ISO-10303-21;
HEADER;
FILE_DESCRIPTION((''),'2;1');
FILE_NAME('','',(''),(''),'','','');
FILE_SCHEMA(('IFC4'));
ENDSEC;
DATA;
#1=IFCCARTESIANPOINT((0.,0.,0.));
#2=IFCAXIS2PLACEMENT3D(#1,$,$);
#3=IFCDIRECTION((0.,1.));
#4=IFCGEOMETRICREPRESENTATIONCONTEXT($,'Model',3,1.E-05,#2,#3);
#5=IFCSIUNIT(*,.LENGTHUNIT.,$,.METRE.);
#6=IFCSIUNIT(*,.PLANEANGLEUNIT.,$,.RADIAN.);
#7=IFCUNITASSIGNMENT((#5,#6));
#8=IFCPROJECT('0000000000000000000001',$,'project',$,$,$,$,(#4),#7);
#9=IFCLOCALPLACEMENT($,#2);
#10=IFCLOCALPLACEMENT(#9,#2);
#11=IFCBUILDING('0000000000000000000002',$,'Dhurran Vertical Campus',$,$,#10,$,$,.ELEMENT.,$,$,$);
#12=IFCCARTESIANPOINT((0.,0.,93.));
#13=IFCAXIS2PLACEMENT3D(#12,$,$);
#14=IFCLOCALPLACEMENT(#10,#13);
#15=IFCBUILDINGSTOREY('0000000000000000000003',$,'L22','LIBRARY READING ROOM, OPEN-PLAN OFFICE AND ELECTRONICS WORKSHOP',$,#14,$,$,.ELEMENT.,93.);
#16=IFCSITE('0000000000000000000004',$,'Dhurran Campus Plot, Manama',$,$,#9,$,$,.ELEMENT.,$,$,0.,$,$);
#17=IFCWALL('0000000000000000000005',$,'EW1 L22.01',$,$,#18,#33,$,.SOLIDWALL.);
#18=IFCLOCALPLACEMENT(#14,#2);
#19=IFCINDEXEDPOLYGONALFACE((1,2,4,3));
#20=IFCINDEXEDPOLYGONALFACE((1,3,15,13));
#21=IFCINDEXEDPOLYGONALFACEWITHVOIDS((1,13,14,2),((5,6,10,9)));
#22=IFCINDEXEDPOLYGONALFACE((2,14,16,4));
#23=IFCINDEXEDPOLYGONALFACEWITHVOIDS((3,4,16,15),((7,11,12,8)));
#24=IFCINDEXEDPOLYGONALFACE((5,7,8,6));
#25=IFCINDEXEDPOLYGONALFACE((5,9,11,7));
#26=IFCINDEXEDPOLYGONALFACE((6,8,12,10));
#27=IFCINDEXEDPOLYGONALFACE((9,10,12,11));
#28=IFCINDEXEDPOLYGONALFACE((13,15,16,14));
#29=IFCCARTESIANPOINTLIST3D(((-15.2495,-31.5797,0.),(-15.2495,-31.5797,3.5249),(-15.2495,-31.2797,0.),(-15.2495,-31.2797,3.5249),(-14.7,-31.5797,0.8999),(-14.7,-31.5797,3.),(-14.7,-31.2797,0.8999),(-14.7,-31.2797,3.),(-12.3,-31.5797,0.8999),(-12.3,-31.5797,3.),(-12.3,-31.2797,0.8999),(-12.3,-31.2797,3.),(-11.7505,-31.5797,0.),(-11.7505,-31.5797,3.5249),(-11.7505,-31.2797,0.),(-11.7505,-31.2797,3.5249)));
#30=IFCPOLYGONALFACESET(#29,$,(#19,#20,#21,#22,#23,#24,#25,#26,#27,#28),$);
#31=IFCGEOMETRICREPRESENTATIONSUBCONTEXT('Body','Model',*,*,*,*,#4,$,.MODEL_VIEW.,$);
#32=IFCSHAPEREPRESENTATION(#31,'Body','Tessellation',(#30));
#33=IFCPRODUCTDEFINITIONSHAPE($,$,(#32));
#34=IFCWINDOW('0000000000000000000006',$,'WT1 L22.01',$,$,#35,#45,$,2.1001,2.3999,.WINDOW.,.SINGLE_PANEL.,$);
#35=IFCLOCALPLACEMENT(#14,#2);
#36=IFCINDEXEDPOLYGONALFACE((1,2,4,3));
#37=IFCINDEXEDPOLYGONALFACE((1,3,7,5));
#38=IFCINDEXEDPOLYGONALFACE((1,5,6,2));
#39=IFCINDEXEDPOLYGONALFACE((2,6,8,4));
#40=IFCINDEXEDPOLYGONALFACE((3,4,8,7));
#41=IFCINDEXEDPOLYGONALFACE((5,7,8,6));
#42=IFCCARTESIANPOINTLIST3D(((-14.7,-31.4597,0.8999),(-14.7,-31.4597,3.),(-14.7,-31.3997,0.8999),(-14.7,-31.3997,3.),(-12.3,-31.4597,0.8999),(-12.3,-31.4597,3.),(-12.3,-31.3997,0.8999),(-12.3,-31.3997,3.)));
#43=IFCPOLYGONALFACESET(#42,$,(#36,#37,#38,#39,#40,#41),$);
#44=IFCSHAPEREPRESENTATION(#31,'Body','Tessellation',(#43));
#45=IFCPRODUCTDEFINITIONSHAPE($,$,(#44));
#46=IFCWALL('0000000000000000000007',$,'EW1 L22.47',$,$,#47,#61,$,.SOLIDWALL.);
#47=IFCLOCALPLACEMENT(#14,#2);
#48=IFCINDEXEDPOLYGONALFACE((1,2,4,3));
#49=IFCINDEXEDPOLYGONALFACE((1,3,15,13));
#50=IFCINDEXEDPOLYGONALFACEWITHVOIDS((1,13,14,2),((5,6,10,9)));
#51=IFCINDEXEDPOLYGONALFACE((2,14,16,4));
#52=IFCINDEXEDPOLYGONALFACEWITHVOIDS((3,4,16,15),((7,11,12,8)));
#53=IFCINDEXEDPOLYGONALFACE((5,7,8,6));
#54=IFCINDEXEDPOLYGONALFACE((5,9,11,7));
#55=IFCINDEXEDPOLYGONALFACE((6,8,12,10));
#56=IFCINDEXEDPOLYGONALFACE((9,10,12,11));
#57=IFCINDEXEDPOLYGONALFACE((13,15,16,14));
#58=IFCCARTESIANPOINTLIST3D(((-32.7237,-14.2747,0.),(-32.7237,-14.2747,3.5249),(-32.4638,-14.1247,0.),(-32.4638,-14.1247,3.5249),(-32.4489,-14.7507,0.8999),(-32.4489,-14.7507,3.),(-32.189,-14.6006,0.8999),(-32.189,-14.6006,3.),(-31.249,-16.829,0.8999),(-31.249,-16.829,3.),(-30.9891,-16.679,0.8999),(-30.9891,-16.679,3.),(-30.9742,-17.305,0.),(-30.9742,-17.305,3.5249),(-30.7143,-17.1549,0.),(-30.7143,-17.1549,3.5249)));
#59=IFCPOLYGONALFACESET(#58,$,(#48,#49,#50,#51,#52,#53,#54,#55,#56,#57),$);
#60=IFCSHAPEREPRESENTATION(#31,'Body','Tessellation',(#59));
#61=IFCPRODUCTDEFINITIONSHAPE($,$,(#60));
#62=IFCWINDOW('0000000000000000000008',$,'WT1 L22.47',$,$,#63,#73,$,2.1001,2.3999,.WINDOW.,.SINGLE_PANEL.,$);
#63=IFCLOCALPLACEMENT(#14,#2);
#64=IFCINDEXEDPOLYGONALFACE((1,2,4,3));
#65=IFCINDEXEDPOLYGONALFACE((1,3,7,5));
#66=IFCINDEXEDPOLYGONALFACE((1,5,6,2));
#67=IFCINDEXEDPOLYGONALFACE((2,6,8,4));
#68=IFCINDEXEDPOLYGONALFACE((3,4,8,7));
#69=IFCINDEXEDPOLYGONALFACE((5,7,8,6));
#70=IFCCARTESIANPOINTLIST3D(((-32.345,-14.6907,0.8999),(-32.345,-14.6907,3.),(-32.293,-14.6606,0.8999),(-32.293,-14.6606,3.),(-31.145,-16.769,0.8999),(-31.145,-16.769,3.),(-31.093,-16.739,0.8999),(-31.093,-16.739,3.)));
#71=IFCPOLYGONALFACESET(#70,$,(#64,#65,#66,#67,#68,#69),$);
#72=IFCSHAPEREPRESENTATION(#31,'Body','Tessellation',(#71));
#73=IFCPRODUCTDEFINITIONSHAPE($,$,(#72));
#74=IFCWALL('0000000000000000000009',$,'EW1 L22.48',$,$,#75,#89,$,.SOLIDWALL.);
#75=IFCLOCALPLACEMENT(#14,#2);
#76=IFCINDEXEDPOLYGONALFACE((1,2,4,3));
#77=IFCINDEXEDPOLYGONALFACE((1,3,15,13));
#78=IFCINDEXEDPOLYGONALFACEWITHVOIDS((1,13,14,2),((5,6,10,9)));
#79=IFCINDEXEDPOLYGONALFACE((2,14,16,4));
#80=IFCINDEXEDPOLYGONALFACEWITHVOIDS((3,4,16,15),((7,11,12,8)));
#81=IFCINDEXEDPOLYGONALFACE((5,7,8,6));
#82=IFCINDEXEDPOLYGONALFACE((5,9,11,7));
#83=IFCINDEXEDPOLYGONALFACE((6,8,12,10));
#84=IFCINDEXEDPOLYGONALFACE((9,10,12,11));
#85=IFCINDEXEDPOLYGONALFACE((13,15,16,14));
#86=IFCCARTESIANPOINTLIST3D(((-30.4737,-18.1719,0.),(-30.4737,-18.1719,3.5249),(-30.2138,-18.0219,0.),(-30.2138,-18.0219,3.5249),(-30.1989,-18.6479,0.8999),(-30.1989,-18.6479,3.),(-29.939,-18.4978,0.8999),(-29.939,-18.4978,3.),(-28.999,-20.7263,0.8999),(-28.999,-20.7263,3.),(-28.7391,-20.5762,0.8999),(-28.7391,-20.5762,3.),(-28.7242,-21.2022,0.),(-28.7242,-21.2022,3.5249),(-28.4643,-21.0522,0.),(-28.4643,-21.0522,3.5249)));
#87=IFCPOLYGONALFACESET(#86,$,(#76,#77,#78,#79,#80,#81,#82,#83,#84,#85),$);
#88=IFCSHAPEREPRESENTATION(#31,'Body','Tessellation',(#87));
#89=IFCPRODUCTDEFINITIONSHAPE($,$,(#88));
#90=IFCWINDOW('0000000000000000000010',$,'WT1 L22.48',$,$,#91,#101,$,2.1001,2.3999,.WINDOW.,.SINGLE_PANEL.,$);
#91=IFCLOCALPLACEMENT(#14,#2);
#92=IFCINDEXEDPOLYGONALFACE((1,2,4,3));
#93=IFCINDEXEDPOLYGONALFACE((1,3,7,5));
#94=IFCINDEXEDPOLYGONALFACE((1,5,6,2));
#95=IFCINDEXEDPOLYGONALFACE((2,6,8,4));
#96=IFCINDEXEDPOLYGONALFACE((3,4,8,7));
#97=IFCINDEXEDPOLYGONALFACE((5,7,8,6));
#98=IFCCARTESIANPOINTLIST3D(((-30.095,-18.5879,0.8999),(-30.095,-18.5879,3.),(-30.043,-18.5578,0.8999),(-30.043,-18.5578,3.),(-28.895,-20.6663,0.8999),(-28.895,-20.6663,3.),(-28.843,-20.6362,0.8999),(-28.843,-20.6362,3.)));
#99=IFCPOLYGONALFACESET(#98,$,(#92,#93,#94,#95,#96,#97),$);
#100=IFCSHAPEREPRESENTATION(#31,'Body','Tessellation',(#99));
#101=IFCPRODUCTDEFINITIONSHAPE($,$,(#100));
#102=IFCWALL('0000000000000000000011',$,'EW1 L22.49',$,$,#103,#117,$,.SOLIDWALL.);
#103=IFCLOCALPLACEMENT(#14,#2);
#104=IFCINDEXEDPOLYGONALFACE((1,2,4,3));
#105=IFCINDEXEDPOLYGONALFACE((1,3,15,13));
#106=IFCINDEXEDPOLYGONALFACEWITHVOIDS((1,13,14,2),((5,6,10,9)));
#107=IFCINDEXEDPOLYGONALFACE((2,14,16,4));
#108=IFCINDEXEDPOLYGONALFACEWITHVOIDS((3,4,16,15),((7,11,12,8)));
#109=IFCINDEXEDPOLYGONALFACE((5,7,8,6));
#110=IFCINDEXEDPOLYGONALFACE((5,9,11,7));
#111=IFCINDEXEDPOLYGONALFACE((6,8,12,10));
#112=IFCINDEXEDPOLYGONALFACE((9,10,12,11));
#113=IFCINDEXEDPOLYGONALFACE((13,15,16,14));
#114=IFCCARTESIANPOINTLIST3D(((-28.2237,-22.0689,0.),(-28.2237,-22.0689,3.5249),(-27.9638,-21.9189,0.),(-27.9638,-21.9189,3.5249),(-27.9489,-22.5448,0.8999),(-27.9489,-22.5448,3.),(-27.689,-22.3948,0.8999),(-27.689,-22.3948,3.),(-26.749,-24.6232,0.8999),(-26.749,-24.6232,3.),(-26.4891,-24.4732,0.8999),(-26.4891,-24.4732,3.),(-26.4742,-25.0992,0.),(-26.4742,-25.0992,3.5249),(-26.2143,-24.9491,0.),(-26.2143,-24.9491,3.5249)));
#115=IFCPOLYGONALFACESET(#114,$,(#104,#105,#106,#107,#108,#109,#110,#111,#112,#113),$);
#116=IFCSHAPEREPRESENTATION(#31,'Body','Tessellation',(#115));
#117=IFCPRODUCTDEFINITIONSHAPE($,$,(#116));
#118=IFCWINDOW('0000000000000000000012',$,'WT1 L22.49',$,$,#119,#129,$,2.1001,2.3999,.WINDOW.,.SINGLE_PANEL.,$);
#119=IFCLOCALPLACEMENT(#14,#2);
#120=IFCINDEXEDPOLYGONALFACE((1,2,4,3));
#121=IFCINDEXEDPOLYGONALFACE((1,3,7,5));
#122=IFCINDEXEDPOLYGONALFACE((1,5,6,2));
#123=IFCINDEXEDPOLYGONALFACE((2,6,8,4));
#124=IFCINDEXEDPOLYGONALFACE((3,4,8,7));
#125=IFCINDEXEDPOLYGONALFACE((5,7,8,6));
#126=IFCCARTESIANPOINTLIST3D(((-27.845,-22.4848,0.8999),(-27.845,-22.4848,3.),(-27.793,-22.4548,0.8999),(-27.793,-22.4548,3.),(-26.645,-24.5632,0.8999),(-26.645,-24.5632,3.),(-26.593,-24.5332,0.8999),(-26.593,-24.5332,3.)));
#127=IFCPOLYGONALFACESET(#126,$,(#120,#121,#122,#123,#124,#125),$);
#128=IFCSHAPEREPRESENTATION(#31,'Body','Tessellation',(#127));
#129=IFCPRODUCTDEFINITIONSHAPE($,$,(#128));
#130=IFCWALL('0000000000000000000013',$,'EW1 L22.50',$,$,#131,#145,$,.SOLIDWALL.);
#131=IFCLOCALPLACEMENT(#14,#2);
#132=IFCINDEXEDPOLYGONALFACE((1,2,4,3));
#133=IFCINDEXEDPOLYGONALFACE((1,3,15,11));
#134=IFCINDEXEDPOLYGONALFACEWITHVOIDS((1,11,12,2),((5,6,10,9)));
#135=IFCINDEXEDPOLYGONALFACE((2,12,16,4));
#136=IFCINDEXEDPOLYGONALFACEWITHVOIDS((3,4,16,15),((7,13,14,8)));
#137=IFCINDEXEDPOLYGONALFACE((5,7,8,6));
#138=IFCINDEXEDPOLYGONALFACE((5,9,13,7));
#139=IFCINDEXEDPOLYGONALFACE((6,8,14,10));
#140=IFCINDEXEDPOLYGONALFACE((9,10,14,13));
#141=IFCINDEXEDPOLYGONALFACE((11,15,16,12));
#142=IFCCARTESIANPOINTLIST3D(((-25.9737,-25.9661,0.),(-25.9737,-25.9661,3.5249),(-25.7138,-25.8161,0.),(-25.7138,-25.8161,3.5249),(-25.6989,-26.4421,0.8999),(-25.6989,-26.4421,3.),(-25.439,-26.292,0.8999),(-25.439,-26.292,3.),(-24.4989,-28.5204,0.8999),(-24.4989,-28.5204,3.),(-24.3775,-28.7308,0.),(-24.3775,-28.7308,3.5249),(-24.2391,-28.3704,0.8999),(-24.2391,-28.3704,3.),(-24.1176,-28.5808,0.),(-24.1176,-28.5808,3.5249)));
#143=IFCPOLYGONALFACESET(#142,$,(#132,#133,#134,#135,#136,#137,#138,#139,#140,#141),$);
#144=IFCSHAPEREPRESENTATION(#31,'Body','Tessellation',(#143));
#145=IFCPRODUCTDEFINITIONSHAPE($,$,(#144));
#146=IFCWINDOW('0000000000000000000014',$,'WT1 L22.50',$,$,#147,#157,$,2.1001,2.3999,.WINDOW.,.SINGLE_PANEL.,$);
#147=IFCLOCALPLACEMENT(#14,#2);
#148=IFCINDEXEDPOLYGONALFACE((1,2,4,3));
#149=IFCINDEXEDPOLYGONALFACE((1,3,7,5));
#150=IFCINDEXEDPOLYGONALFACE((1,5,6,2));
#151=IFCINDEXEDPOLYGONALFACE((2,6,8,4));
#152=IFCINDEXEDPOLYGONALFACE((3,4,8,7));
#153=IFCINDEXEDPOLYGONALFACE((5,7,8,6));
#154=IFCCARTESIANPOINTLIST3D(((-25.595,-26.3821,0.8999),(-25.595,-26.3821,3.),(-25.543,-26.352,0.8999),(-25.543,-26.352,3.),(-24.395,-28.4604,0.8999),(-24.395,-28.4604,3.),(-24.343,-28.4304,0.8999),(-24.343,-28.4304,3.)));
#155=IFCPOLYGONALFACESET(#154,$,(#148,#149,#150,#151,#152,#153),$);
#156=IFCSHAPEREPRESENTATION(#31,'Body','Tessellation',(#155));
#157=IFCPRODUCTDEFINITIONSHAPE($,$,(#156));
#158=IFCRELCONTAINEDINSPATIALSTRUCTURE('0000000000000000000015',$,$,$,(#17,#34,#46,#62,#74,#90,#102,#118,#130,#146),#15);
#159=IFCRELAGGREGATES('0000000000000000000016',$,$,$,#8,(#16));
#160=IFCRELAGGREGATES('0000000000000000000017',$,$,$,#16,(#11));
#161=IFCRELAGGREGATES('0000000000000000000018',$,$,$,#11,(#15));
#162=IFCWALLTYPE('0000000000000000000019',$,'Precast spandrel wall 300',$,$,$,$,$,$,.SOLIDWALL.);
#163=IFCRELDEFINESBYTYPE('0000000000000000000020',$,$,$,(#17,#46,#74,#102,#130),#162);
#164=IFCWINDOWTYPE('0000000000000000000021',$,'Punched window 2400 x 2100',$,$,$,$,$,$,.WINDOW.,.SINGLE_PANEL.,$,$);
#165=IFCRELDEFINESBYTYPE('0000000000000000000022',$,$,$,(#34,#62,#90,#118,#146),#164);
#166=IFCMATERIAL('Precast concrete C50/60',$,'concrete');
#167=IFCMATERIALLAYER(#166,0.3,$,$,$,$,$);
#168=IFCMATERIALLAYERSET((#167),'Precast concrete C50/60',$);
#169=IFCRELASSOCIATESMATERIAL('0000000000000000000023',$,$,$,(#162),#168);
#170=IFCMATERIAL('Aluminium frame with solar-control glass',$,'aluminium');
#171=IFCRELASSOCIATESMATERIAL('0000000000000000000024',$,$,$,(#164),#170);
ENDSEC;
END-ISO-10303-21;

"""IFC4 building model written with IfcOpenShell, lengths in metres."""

from ifc_helpers import new_model, si_unit, direction, frame, frame_2d, origin, place, context, subcontext, project, spatial, rectangle, extrude, material, layer, layer_set, type_object, element, fill, save


model = new_model("IFC4")

# Units and contexts
model_context = context("Model", 3, precision=1e-05, world=origin(), true_north=direction((0.0, 1.0)))
body_context = subcontext(model_context, "Body", "Model", "MODEL_VIEW")
ifc_project = project(units=[si_unit("LENGTHUNIT", "METRE"), si_unit("PLANEANGLEUNIT", "RADIAN")], contexts=[model_context])

# Site, building, storey
site_placement = place(None, origin())
site = spatial("IfcSite", under=ifc_project, at=site_placement, Name="Dhurran Campus Plot, Manama", CompositionType="ELEMENT", RefElevation=0.0)
building_placement = place(site_placement, origin())
building = spatial("IfcBuilding", under=site, at=building_placement, Name="Dhurran Vertical Campus", CompositionType="ELEMENT")
storey_placement = place(building_placement, frame((0.0, 0.0, 93.0)))
storey = spatial("IfcBuildingStorey", under=building, at=storey_placement, Name="L22", Description="LIBRARY READING ROOM, OPEN-PLAN OFFICE AND ELECTRONICS WORKSHOP", CompositionType="ELEMENT", Elevation=93.0)

# Walls, openings, windows
ifc_material_1 = material(Name="Precast concrete C50/60", Category="concrete")
ifc_layer_1 = layer(ifc_material_1, 0.3)
ifc_layer_set_1 = layer_set([ifc_layer_1], Name="Precast concrete C50/60")
wall_type_1 = type_object("IfcWallType", Name="Precast spandrel wall 300", PredefinedType="SOLIDWALL", material=ifc_layer_set_1)
ifc_material_2 = material(Name="Aluminium frame with solar-control glass", Category="aluminium")
window_type = type_object("IfcWindowType", Name="Punched window 2400 x 2100", PartitioningType="SINGLE_PANEL", PredefinedType="WINDOW", material=ifc_material_2)
wall_1_placement = place(storey_placement, frame((-15.2495, -31.4297, 0.0), z_axis=(0.0, 0.0, 1.0), x_axis=(1.0, 0.0, 0.0)))
wall_1 = element("IfcWall", 1, at=wall_1_placement, inside=storey, type_object=wall_type_1, Name="EW1 L22.01", PredefinedType="SOLIDWALL", context=body_context, shape_type="SweptSolid", body=[
    extrude(rectangle(XDim=3.499, YDim=0.3, at=frame_2d((1.7495, 0.0))), origin(), (0.0, 0.0, 1.0), 3.5249),
])
opening_1_placement = place(wall_1_placement, frame((0.5496, 0.0, 0.8999)))
opening_1 = element("IfcOpeningElement", 2, at=opening_1_placement, cuts=wall_1, PredefinedType="OPENING", context=body_context, shape_type="SweptSolid", body=[
    extrude(rectangle(XDim=2.3999, YDim=2.1001, at=frame_2d((1.2, 1.05))), frame((0.0, 0.1599, 0.0), z_axis=(0.0, -1.0, 0.0), x_axis=(1.0, 0.0, 0.0)), (0.0, 0.0, 1.0), 0.3201),
])
window_1_placement = place(opening_1_placement, origin())
window_1 = element("IfcWindow", 3, at=window_1_placement, inside=storey, type_object=window_type, Name="WT1 L22.01", OverallHeight=2.1001, OverallWidth=2.3999, PartitioningType="SINGLE_PANEL", PredefinedType="WINDOW", context=body_context, shape_type="SweptSolid", body=[
    extrude(rectangle(XDim=2.3999, YDim=2.1001, at=frame_2d((1.2, 1.05))), frame((0.0, 0.03, 0.0), z_axis=(0.0, -1.0, 0.0), x_axis=(1.0, 0.0, 0.0)), (0.0, 0.0, 1.0), 0.0601),
])
fill(opening_1, window_1)
wall_2_placement = place(storey_placement, frame((-32.5938, -14.1997, 0.0), z_axis=(0.0, 0.0, 1.0), x_axis=(0.499996, -0.866028, 0.0)))
wall_2 = element("IfcWall", 4, at=wall_2_placement, inside=storey, type_object=wall_type_1, Name="EW1 L22.47", PredefinedType="SOLIDWALL", context=body_context, shape_type="SweptSolid", body=[
    extrude(rectangle(XDim=3.499, YDim=0.3, at=frame_2d((1.7495, 0.0))), origin(), (0.0, 0.0, 1.0), 3.5249),
])
opening_2_placement = place(wall_2_placement, frame((0.5496, 0.0, 0.8999)))
opening_2 = element("IfcOpeningElement", 5, at=opening_2_placement, cuts=wall_2, PredefinedType="OPENING", context=body_context, shape_type="SweptSolid", body=[
    extrude(rectangle(XDim=2.3999, YDim=2.1001, at=frame_2d((1.2, 1.05))), frame((0.0, 0.1599, 0.0), z_axis=(0.0, -1.0, 0.0), x_axis=(1.0, 0.0, 0.0)), (0.0, 0.0, 1.0), 0.3201),
])
window_2_placement = place(opening_2_placement, origin())
window_2 = element("IfcWindow", 6, at=window_2_placement, inside=storey, type_object=window_type, Name="WT1 L22.47", OverallHeight=2.1001, OverallWidth=2.3999, PartitioningType="SINGLE_PANEL", PredefinedType="WINDOW", context=body_context, shape_type="SweptSolid", body=[
    extrude(rectangle(XDim=2.3999, YDim=2.1001, at=frame_2d((1.2, 1.05))), frame((0.0, 0.03, 0.0), z_axis=(0.0, -1.0, 0.0), x_axis=(1.0, 0.0, 0.0)), (0.0, 0.0, 1.0), 0.0601),
])
fill(opening_2, window_2)
wall_3_placement = place(storey_placement, frame((-30.3438, -18.0969, 0.0), z_axis=(0.0, 0.0, 1.0), x_axis=(0.499996, -0.866028, 0.0)))
wall_3 = element("IfcWall", 7, at=wall_3_placement, inside=storey, type_object=wall_type_1, Name="EW1 L22.48", PredefinedType="SOLIDWALL", context=body_context, shape_type="SweptSolid", body=[
    extrude(rectangle(XDim=3.499, YDim=0.3, at=frame_2d((1.7495, 0.0))), origin(), (0.0, 0.0, 1.0), 3.5249),
])
opening_3_placement = place(wall_3_placement, frame((0.5496, 0.0, 0.8999)))
opening_3 = element("IfcOpeningElement", 8, at=opening_3_placement, cuts=wall_3, PredefinedType="OPENING", context=body_context, shape_type="SweptSolid", body=[
    extrude(rectangle(XDim=2.3999, YDim=2.1001, at=frame_2d((1.2, 1.05))), frame((0.0, 0.1599, 0.0), z_axis=(0.0, -1.0, 0.0), x_axis=(1.0, 0.0, 0.0)), (0.0, 0.0, 1.0), 0.3201),
])
window_3_placement = place(opening_3_placement, origin())
window_3 = element("IfcWindow", 9, at=window_3_placement, inside=storey, type_object=window_type, Name="WT1 L22.48", OverallHeight=2.1001, OverallWidth=2.3999, PartitioningType="SINGLE_PANEL", PredefinedType="WINDOW", context=body_context, shape_type="SweptSolid", body=[
    extrude(rectangle(XDim=2.3999, YDim=2.1001, at=frame_2d((1.2, 1.05))), frame((0.0, 0.03, 0.0), z_axis=(0.0, -1.0, 0.0), x_axis=(1.0, 0.0, 0.0)), (0.0, 0.0, 1.0), 0.0601),
])
fill(opening_3, window_3)
wall_4_placement = place(storey_placement, frame((-28.0938, -21.9939, 0.0), z_axis=(0.0, 0.0, 1.0), x_axis=(0.499996, -0.866028, 0.0)))
wall_4 = element("IfcWall", 10, at=wall_4_placement, inside=storey, type_object=wall_type_1, Name="EW1 L22.49", PredefinedType="SOLIDWALL", context=body_context, shape_type="SweptSolid", body=[
    extrude(rectangle(XDim=3.499, YDim=0.3, at=frame_2d((1.7495, 0.0))), origin(), (0.0, 0.0, 1.0), 3.5249),
])
opening_4_placement = place(wall_4_placement, frame((0.5496, 0.0, 0.8999)))
opening_4 = element("IfcOpeningElement", 11, at=opening_4_placement, cuts=wall_4, PredefinedType="OPENING", context=body_context, shape_type="SweptSolid", body=[
    extrude(rectangle(XDim=2.3999, YDim=2.1001, at=frame_2d((1.2, 1.05))), frame((0.0, 0.1599, 0.0), z_axis=(0.0, -1.0, 0.0), x_axis=(1.0, 0.0, 0.0)), (0.0, 0.0, 1.0), 0.3201),
])
window_4_placement = place(opening_4_placement, origin())
window_4 = element("IfcWindow", 12, at=window_4_placement, inside=storey, type_object=window_type, Name="WT1 L22.49", OverallHeight=2.1001, OverallWidth=2.3999, PartitioningType="SINGLE_PANEL", PredefinedType="WINDOW", context=body_context, shape_type="SweptSolid", body=[
    extrude(rectangle(XDim=2.3999, YDim=2.1001, at=frame_2d((1.2, 1.05))), frame((0.0, 0.03, 0.0), z_axis=(0.0, -1.0, 0.0), x_axis=(1.0, 0.0, 0.0)), (0.0, 0.0, 1.0), 0.0601),
])
fill(opening_4, window_4)
wall_5_placement = place(storey_placement, frame((-25.8438, -25.8911, 0.0), z_axis=(0.0, 0.0, 1.0), x_axis=(0.500005, -0.866023, 0.0)))
wall_5 = element("IfcWall", 13, at=wall_5_placement, inside=storey, type_object=wall_type_1, Name="EW1 L22.50", PredefinedType="SOLIDWALL", context=body_context, shape_type="SweptSolid", body=[
    extrude(rectangle(XDim=3.1924, YDim=0.3, at=frame_2d((1.5962, 0.0))), origin(), (0.0, 0.0, 1.0), 3.5249),
])
opening_5_placement = place(wall_5_placement, frame((0.5496, 0.0, 0.8999)))
opening_5 = element("IfcOpeningElement", 14, at=opening_5_placement, cuts=wall_5, PredefinedType="OPENING", context=body_context, shape_type="SweptSolid", body=[
    extrude(rectangle(XDim=2.3999, YDim=2.1001, at=frame_2d((1.2, 1.05))), frame((0.0, 0.1599, 0.0), z_axis=(0.0, -1.0, 0.0), x_axis=(1.0, 0.0, 0.0)), (0.0, 0.0, 1.0), 0.3201),
])
window_5_placement = place(opening_5_placement, origin())
window_5 = element("IfcWindow", 15, at=window_5_placement, inside=storey, type_object=window_type, Name="WT1 L22.50", OverallHeight=2.1001, OverallWidth=2.3999, PartitioningType="SINGLE_PANEL", PredefinedType="WINDOW", context=body_context, shape_type="SweptSolid", body=[
    extrude(rectangle(XDim=2.3999, YDim=2.1001, at=frame_2d((1.2, 1.05))), frame((0.0, 0.03, 0.0), z_axis=(0.0, -1.0, 0.0), x_axis=(1.0, 0.0, 0.0)), (0.0, 0.0, 1.0), 0.0601),
])
fill(opening_5, window_5)

save(model, "model.ifc")
